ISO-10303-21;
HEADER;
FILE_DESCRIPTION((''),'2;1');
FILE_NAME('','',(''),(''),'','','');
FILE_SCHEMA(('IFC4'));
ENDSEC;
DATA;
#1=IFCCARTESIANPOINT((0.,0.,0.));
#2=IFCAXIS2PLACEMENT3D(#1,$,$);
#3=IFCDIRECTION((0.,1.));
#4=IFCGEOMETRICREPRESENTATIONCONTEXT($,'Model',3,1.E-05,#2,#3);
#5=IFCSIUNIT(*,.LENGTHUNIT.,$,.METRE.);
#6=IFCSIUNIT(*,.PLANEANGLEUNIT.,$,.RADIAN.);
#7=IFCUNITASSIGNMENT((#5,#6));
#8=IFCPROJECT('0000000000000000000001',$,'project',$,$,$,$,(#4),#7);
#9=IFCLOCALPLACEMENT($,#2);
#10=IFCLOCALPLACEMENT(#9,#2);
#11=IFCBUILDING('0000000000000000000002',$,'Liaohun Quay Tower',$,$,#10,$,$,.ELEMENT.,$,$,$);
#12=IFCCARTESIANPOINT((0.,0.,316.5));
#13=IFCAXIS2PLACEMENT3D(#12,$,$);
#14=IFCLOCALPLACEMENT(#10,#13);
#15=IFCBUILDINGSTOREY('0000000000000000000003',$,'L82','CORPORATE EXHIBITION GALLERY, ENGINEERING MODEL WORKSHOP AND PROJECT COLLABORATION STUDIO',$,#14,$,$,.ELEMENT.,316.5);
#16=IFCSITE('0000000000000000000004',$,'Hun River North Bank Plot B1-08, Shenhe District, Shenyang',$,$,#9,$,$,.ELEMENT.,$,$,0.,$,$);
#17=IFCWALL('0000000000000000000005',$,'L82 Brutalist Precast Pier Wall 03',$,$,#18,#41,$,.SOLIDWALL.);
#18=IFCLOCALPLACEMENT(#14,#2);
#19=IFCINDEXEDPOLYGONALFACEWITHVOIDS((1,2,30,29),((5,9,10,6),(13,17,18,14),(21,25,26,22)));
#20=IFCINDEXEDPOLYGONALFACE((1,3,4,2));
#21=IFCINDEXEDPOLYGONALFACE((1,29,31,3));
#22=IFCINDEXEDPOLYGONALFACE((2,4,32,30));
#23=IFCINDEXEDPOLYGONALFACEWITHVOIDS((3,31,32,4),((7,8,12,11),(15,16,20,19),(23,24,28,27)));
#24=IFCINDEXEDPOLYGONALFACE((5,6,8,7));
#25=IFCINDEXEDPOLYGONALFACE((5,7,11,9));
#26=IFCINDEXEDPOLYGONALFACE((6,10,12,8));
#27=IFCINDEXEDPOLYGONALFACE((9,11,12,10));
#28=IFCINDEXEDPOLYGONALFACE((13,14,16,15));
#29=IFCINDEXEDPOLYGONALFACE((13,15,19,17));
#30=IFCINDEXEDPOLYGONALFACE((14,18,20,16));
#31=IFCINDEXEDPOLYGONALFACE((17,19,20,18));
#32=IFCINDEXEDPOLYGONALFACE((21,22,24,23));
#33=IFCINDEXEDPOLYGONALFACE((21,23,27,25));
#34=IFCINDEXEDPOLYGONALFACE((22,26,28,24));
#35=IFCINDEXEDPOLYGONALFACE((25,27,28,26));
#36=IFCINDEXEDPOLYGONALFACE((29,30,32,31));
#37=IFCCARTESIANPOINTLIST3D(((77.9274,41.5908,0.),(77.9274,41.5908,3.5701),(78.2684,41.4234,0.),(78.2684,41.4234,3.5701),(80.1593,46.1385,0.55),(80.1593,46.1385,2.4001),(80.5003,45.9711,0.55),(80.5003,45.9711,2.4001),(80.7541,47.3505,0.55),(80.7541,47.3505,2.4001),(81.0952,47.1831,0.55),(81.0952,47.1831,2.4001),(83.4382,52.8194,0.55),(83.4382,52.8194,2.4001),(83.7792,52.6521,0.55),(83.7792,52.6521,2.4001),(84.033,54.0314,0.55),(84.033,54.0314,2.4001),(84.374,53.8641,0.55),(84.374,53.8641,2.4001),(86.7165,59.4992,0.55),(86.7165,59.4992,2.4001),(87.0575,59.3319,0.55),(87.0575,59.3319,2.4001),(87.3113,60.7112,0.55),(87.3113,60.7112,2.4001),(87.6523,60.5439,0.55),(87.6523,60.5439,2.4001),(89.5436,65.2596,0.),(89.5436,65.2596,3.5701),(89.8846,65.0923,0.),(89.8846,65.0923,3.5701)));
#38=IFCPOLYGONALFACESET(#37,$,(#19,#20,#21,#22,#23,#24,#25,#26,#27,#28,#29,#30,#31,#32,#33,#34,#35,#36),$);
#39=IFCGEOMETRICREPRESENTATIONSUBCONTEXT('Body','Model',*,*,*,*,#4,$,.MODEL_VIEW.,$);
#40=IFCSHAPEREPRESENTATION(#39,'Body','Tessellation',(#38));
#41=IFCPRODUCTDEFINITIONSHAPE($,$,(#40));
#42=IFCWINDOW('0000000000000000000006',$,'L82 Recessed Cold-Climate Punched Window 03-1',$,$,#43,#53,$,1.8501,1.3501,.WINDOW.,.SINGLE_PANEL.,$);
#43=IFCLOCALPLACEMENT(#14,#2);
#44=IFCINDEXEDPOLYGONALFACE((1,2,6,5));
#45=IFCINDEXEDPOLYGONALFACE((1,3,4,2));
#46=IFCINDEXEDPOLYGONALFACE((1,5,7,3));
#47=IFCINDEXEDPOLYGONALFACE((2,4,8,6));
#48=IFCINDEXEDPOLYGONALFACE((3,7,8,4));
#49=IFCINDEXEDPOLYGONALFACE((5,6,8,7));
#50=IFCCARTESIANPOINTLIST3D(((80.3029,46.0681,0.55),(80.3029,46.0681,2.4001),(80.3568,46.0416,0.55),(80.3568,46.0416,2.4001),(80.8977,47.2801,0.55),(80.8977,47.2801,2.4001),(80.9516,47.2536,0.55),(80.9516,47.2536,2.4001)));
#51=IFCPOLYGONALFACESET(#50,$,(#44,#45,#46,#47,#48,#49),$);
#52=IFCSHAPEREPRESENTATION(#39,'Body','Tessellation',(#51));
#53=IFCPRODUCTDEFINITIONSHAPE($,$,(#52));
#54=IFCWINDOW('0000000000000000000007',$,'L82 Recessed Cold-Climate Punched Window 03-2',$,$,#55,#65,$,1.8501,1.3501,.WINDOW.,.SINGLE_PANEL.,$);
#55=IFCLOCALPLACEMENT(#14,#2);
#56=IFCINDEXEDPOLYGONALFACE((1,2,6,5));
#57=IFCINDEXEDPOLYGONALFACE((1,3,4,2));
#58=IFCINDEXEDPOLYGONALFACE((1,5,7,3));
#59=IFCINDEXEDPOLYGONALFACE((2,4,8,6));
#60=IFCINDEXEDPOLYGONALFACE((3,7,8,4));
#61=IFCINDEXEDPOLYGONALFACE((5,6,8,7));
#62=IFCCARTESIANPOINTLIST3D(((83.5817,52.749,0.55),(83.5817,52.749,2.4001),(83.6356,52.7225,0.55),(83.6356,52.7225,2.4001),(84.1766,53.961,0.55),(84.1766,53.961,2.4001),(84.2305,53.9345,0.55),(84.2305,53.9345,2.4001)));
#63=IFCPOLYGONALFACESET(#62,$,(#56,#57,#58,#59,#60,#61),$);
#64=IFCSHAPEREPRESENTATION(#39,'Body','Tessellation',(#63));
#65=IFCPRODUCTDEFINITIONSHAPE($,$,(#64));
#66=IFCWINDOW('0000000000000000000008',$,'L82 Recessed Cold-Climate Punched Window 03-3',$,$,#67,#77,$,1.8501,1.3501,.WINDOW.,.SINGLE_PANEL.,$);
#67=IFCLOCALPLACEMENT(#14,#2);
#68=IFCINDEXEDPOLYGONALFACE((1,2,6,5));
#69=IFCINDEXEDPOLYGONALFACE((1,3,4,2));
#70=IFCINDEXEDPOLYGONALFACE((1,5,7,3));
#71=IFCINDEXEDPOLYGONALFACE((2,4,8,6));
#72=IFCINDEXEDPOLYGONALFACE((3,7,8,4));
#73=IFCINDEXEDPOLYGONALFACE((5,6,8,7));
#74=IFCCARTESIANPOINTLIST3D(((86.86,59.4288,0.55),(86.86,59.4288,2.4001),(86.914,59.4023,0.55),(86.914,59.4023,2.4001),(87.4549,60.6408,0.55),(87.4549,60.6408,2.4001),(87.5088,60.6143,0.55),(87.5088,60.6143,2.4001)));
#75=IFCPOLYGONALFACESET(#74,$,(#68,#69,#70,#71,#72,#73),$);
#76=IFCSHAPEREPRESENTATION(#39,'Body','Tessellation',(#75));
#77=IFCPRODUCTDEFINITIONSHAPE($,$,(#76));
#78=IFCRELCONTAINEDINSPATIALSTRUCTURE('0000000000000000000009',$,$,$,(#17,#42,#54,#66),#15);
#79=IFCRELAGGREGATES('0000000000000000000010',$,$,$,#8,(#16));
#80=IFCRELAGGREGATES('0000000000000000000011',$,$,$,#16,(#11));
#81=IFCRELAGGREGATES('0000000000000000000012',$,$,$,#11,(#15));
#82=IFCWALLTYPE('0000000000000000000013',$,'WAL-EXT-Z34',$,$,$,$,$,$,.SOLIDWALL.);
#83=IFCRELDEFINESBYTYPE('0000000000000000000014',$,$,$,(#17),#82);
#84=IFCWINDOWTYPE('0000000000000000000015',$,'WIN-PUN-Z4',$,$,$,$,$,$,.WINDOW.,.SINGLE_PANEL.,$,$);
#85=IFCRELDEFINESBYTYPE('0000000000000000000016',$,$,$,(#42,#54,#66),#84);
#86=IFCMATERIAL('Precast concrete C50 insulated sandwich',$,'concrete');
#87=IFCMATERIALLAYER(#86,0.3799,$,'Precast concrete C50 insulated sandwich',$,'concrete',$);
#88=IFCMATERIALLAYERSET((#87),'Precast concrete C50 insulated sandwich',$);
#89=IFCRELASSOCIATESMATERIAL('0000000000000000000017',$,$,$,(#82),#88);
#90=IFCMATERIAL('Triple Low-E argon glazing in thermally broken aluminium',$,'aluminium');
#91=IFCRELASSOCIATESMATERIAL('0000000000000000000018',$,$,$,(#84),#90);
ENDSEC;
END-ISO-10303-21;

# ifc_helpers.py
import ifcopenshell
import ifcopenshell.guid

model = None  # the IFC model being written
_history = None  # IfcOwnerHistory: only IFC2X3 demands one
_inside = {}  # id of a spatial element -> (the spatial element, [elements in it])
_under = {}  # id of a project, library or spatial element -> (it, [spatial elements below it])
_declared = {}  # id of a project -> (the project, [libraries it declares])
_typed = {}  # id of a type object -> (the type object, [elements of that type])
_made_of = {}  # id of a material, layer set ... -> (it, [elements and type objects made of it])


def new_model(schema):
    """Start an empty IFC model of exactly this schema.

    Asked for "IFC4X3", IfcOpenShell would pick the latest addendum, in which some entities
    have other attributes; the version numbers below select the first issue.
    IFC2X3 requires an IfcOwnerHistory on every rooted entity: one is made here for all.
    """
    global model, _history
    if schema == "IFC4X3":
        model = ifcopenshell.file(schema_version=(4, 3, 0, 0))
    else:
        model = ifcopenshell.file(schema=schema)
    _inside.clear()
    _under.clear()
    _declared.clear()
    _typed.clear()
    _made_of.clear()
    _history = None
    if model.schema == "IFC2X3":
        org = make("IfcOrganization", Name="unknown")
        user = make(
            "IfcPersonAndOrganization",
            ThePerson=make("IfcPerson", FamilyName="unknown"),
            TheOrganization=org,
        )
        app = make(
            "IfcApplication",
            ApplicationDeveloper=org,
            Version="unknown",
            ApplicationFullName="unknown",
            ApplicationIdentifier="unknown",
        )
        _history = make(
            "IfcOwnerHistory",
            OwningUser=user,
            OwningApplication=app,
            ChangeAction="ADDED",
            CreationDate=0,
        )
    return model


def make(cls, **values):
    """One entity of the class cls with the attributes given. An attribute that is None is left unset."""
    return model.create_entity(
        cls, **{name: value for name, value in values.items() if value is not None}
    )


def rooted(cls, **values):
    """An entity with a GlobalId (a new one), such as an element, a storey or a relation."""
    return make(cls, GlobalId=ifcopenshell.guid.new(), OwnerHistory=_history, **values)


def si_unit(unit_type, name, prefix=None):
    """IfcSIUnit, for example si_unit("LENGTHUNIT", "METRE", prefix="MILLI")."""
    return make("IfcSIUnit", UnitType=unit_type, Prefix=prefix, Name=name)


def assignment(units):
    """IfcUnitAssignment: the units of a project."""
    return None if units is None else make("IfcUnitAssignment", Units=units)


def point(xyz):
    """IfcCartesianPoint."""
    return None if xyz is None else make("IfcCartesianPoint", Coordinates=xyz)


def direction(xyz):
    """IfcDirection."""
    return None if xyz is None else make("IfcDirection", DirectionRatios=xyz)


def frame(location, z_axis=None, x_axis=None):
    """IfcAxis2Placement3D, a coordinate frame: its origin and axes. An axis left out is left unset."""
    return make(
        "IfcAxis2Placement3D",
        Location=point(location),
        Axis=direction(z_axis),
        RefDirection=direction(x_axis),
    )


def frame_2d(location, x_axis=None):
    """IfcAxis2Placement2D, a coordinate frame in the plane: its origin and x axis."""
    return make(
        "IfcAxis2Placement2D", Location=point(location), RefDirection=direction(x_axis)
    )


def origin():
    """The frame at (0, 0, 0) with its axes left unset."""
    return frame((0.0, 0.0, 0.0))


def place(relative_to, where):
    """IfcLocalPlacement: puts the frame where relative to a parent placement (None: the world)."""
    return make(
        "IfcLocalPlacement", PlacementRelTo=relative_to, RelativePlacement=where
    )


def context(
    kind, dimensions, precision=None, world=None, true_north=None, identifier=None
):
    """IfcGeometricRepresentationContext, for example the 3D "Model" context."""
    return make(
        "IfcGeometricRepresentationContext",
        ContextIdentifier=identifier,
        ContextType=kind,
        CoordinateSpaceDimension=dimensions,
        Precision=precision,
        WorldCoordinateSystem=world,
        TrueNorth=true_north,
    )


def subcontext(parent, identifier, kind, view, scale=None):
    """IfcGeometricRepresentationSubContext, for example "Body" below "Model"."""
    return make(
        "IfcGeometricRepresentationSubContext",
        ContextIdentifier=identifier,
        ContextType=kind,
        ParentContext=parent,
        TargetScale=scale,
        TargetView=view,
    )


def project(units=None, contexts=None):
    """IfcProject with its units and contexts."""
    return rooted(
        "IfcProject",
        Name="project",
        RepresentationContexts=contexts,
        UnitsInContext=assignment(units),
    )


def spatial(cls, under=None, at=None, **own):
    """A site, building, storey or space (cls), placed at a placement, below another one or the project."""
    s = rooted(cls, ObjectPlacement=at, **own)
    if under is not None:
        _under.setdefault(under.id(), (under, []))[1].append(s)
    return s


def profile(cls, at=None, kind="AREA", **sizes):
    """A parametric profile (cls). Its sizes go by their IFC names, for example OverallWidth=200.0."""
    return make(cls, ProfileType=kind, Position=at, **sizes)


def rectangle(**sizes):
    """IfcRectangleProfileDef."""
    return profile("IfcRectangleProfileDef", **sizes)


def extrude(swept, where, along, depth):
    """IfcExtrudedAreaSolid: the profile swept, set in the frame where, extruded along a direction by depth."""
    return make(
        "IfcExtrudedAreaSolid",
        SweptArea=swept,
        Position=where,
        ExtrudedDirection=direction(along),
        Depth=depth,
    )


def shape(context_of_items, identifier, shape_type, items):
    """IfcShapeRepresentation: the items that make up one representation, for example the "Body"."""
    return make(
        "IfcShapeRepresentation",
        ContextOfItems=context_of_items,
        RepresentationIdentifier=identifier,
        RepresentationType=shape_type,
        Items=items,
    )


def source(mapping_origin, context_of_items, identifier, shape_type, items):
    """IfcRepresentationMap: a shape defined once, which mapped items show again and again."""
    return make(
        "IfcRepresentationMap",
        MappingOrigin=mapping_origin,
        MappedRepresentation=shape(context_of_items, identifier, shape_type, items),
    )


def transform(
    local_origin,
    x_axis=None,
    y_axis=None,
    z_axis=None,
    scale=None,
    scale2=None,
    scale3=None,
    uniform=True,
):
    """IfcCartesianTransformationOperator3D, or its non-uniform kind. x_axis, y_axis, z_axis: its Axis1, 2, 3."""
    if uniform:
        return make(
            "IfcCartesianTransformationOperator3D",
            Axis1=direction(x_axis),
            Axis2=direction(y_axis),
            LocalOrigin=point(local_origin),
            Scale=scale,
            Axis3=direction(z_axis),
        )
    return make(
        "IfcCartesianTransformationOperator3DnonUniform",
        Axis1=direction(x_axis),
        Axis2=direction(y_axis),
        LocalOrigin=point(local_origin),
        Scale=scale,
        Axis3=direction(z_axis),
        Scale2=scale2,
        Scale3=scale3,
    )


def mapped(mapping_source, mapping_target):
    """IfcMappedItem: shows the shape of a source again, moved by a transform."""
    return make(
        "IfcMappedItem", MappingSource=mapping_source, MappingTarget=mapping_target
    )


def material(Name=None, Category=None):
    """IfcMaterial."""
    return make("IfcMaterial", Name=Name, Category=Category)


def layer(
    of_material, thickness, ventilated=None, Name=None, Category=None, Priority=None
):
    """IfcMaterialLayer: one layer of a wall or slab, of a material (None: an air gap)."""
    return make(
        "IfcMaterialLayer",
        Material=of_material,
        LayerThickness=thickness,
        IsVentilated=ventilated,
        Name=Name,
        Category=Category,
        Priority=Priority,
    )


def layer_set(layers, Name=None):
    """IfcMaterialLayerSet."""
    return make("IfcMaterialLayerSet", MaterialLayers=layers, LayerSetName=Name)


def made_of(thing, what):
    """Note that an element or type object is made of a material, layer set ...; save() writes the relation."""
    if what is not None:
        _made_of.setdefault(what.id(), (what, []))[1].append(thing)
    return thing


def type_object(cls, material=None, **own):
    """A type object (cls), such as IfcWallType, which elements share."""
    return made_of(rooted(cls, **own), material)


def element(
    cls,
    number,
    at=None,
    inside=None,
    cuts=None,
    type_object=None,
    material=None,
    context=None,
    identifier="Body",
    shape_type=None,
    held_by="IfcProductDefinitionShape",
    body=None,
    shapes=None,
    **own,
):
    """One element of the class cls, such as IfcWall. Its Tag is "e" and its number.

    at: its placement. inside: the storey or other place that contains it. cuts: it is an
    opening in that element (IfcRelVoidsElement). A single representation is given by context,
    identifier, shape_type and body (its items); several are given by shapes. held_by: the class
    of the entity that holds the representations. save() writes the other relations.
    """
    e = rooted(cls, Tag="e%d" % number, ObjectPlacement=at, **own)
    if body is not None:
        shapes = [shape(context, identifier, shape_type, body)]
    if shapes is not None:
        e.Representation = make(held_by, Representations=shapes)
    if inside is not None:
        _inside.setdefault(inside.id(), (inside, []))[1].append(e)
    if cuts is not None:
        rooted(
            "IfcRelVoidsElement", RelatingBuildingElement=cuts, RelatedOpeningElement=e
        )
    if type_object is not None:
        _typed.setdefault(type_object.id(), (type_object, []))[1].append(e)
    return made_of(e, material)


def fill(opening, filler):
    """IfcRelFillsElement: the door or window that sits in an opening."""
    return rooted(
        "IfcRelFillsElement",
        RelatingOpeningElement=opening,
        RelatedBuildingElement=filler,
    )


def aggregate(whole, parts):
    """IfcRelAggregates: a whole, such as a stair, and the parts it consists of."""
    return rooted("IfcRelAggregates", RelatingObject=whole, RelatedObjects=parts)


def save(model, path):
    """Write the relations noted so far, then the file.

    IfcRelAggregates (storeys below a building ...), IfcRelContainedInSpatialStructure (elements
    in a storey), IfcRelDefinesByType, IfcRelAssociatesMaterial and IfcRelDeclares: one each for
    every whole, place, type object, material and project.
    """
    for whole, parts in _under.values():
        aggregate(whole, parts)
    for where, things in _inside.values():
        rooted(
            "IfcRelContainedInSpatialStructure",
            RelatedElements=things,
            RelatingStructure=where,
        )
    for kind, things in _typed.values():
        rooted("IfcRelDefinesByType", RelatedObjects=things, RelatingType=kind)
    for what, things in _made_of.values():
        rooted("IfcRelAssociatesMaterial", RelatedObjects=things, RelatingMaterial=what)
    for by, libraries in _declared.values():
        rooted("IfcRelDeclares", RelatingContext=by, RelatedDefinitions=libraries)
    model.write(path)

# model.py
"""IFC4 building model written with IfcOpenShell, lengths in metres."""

from ifc_helpers import new_model, si_unit, direction, frame, frame_2d, origin, place, context, subcontext, project, spatial, rectangle, extrude, source, transform, mapped, material, layer, layer_set, type_object, element, fill, save


model = new_model("IFC4")

# Units and contexts
model_context = context("Model", 3, precision=1e-05, world=origin(), true_north=direction((0.0, 1.0)))
body_context = subcontext(model_context, "Body", "Model", "MODEL_VIEW")
ifc_project = project(units=[si_unit("LENGTHUNIT", "METRE"), si_unit("PLANEANGLEUNIT", "RADIAN")], contexts=[model_context])

# Site, building, storey
site_placement = place(None, origin())
site = spatial("IfcSite", under=ifc_project, at=site_placement, Name="Hun River North Bank Plot B1-08, Shenhe District, Shenyang", CompositionType="ELEMENT", RefElevation=0.0)
building_placement = place(site_placement, origin())
building = spatial("IfcBuilding", under=site, at=building_placement, Name="Liaohun Quay Tower", CompositionType="ELEMENT")
storey_placement = place(building_placement, frame((0.0, 0.0, 316.5)))
storey = spatial("IfcBuildingStorey", under=building, at=storey_placement, Name="L82", Description="CORPORATE EXHIBITION GALLERY, ENGINEERING MODEL WORKSHOP AND PROJECT COLLABORATION STUDIO", CompositionType="ELEMENT", Elevation=316.5)

# Shared definitions
ifc_material_1 = material(Name="Precast concrete C50 insulated sandwich", Category="concrete")
ifc_layer_1 = layer(ifc_material_1, 0.3799, Name="Precast concrete C50 insulated sandwich", Category="concrete")
ifc_layer_set_1 = layer_set([ifc_layer_1], Name="Precast concrete C50 insulated sandwich")
wall_type_1 = type_object("IfcWallType", Name="WAL-EXT-Z34", PredefinedType="SOLIDWALL", material=ifc_layer_set_1)

# Wall, openings, windows
shared_shape_1 = source(origin(), body_context, "Body", "SweptSolid", [
    extrude(rectangle(XDim=1.3501, YDim=1.8501, at=frame_2d((0.675, 0.925))), frame((0.0, 0.2, 0.0), z_axis=(0.0, -1.0, 0.0), x_axis=(1.0, 0.0, 0.0)), (0.0, 0.0, 1.0), 0.3999),
])
ifc_material_2 = material(Name="Triple Low-E argon glazing in thermally broken aluminium", Category="aluminium")
window_type_1 = type_object("IfcWindowType", Name="WIN-PUN-Z4", PartitioningType="SINGLE_PANEL", PredefinedType="WINDOW", material=ifc_material_2)
shared_shape_2 = source(origin(), body_context, "Body", "SweptSolid", [
    extrude(rectangle(XDim=1.3501, YDim=1.8501, at=frame_2d((0.675, 0.925))), frame((0.0, 0.03, 0.0), z_axis=(0.0, -1.0, 0.0), x_axis=(1.0, 0.0, 0.0)), (0.0, 0.0, 1.0), 0.0601),
])
wall_1_placement = place(storey_placement, frame((78.0979, 41.5071, 0.0), z_axis=(0.0, 0.0, 1.0), x_axis=(0.440579, 0.897714, 0.0)))
wall_1 = element("IfcWall", 1, at=wall_1_placement, inside=storey, type_object=wall_type_1, Name="L82 Brutalist Precast Pier Wall 03", PredefinedType="SOLIDWALL", context=body_context, shape_type="SweptSolid", body=[
    extrude(rectangle(XDim=26.3657, YDim=0.3799, at=frame_2d((13.1829, 0.0))), origin(), (0.0, 0.0, 1.0), 3.5701),
])
opening_1_placement = place(wall_1_placement, frame((5.0659, 0.0, 0.55)))
opening_1 = element("IfcOpeningElement", 2, at=opening_1_placement, cuts=wall_1, PredefinedType="OPENING", context=body_context, shape_type="MappedRepresentation", body=[
    mapped(shared_shape_1, transform((0.0, 0.0, 0.0), x_axis=(1.0, 0.0, 0.0), y_axis=(0.0, 1.0, 0.0), z_axis=(0.0, 0.0, 1.0), scale=1.0)),
])
opening_2_placement = place(wall_1_placement, frame((12.5081, 0.0, 0.55)))
opening_2 = element("IfcOpeningElement", 3, at=opening_2_placement, cuts=wall_1, PredefinedType="OPENING", context=body_context, shape_type="MappedRepresentation", body=[
    mapped(shared_shape_1, transform((0.0, 0.0, 0.0), x_axis=(1.0, 0.0, 0.0), y_axis=(0.0, 1.0, 0.0), z_axis=(0.0, 0.0, 1.0), scale=1.0)),
])
opening_3_placement = place(wall_1_placement, frame((19.949, 0.0, 0.55)))
opening_3 = element("IfcOpeningElement", 4, at=opening_3_placement, cuts=wall_1, PredefinedType="OPENING", context=body_context, shape_type="MappedRepresentation", body=[
    mapped(shared_shape_1, transform((0.0, 0.0, 0.0), x_axis=(1.0, 0.0, 0.0), y_axis=(0.0, 1.0, 0.0), z_axis=(0.0, 0.0, 1.0), scale=1.0)),
])
window_1_placement = place(opening_1_placement, origin())
window_1 = element("IfcWindow", 5, at=window_1_placement, inside=storey, type_object=window_type_1, Name="L82 Recessed Cold-Climate Punched Window 03-1", OverallHeight=1.8501, OverallWidth=1.3501, PartitioningType="SINGLE_PANEL", PredefinedType="WINDOW", context=body_context, shape_type="MappedRepresentation", body=[
    mapped(shared_shape_2, transform((0.0, 0.0, 0.0), x_axis=(1.0, 0.0, 0.0), y_axis=(0.0, 1.0, 0.0), z_axis=(0.0, 0.0, 1.0), scale=1.0)),
])
fill(opening_1, window_1)
window_2_placement = place(opening_2_placement, origin())
window_2 = element("IfcWindow", 6, at=window_2_placement, inside=storey, type_object=window_type_1, Name="L82 Recessed Cold-Climate Punched Window 03-2", OverallHeight=1.8501, OverallWidth=1.3501, PartitioningType="SINGLE_PANEL", PredefinedType="WINDOW", context=body_context, shape_type="MappedRepresentation", body=[
    mapped(shared_shape_2, transform((0.0, 0.0, 0.0), x_axis=(1.0, 0.0, 0.0), y_axis=(0.0, 1.0, 0.0), z_axis=(0.0, 0.0, 1.0), scale=1.0)),
])
fill(opening_2, window_2)
window_3_placement = place(opening_3_placement, origin())
window_3 = element("IfcWindow", 7, at=window_3_placement, inside=storey, type_object=window_type_1, Name="L82 Recessed Cold-Climate Punched Window 03-3", OverallHeight=1.8501, OverallWidth=1.3501, PartitioningType="SINGLE_PANEL", PredefinedType="WINDOW", context=body_context, shape_type="MappedRepresentation", body=[
    mapped(shared_shape_2, transform((0.0, 0.0, 0.0), x_axis=(1.0, 0.0, 0.0), y_axis=(0.0, 1.0, 0.0), z_axis=(0.0, 0.0, 1.0), scale=1.0)),
])
fill(opening_3, window_3)

save(model, "model.ifc")
